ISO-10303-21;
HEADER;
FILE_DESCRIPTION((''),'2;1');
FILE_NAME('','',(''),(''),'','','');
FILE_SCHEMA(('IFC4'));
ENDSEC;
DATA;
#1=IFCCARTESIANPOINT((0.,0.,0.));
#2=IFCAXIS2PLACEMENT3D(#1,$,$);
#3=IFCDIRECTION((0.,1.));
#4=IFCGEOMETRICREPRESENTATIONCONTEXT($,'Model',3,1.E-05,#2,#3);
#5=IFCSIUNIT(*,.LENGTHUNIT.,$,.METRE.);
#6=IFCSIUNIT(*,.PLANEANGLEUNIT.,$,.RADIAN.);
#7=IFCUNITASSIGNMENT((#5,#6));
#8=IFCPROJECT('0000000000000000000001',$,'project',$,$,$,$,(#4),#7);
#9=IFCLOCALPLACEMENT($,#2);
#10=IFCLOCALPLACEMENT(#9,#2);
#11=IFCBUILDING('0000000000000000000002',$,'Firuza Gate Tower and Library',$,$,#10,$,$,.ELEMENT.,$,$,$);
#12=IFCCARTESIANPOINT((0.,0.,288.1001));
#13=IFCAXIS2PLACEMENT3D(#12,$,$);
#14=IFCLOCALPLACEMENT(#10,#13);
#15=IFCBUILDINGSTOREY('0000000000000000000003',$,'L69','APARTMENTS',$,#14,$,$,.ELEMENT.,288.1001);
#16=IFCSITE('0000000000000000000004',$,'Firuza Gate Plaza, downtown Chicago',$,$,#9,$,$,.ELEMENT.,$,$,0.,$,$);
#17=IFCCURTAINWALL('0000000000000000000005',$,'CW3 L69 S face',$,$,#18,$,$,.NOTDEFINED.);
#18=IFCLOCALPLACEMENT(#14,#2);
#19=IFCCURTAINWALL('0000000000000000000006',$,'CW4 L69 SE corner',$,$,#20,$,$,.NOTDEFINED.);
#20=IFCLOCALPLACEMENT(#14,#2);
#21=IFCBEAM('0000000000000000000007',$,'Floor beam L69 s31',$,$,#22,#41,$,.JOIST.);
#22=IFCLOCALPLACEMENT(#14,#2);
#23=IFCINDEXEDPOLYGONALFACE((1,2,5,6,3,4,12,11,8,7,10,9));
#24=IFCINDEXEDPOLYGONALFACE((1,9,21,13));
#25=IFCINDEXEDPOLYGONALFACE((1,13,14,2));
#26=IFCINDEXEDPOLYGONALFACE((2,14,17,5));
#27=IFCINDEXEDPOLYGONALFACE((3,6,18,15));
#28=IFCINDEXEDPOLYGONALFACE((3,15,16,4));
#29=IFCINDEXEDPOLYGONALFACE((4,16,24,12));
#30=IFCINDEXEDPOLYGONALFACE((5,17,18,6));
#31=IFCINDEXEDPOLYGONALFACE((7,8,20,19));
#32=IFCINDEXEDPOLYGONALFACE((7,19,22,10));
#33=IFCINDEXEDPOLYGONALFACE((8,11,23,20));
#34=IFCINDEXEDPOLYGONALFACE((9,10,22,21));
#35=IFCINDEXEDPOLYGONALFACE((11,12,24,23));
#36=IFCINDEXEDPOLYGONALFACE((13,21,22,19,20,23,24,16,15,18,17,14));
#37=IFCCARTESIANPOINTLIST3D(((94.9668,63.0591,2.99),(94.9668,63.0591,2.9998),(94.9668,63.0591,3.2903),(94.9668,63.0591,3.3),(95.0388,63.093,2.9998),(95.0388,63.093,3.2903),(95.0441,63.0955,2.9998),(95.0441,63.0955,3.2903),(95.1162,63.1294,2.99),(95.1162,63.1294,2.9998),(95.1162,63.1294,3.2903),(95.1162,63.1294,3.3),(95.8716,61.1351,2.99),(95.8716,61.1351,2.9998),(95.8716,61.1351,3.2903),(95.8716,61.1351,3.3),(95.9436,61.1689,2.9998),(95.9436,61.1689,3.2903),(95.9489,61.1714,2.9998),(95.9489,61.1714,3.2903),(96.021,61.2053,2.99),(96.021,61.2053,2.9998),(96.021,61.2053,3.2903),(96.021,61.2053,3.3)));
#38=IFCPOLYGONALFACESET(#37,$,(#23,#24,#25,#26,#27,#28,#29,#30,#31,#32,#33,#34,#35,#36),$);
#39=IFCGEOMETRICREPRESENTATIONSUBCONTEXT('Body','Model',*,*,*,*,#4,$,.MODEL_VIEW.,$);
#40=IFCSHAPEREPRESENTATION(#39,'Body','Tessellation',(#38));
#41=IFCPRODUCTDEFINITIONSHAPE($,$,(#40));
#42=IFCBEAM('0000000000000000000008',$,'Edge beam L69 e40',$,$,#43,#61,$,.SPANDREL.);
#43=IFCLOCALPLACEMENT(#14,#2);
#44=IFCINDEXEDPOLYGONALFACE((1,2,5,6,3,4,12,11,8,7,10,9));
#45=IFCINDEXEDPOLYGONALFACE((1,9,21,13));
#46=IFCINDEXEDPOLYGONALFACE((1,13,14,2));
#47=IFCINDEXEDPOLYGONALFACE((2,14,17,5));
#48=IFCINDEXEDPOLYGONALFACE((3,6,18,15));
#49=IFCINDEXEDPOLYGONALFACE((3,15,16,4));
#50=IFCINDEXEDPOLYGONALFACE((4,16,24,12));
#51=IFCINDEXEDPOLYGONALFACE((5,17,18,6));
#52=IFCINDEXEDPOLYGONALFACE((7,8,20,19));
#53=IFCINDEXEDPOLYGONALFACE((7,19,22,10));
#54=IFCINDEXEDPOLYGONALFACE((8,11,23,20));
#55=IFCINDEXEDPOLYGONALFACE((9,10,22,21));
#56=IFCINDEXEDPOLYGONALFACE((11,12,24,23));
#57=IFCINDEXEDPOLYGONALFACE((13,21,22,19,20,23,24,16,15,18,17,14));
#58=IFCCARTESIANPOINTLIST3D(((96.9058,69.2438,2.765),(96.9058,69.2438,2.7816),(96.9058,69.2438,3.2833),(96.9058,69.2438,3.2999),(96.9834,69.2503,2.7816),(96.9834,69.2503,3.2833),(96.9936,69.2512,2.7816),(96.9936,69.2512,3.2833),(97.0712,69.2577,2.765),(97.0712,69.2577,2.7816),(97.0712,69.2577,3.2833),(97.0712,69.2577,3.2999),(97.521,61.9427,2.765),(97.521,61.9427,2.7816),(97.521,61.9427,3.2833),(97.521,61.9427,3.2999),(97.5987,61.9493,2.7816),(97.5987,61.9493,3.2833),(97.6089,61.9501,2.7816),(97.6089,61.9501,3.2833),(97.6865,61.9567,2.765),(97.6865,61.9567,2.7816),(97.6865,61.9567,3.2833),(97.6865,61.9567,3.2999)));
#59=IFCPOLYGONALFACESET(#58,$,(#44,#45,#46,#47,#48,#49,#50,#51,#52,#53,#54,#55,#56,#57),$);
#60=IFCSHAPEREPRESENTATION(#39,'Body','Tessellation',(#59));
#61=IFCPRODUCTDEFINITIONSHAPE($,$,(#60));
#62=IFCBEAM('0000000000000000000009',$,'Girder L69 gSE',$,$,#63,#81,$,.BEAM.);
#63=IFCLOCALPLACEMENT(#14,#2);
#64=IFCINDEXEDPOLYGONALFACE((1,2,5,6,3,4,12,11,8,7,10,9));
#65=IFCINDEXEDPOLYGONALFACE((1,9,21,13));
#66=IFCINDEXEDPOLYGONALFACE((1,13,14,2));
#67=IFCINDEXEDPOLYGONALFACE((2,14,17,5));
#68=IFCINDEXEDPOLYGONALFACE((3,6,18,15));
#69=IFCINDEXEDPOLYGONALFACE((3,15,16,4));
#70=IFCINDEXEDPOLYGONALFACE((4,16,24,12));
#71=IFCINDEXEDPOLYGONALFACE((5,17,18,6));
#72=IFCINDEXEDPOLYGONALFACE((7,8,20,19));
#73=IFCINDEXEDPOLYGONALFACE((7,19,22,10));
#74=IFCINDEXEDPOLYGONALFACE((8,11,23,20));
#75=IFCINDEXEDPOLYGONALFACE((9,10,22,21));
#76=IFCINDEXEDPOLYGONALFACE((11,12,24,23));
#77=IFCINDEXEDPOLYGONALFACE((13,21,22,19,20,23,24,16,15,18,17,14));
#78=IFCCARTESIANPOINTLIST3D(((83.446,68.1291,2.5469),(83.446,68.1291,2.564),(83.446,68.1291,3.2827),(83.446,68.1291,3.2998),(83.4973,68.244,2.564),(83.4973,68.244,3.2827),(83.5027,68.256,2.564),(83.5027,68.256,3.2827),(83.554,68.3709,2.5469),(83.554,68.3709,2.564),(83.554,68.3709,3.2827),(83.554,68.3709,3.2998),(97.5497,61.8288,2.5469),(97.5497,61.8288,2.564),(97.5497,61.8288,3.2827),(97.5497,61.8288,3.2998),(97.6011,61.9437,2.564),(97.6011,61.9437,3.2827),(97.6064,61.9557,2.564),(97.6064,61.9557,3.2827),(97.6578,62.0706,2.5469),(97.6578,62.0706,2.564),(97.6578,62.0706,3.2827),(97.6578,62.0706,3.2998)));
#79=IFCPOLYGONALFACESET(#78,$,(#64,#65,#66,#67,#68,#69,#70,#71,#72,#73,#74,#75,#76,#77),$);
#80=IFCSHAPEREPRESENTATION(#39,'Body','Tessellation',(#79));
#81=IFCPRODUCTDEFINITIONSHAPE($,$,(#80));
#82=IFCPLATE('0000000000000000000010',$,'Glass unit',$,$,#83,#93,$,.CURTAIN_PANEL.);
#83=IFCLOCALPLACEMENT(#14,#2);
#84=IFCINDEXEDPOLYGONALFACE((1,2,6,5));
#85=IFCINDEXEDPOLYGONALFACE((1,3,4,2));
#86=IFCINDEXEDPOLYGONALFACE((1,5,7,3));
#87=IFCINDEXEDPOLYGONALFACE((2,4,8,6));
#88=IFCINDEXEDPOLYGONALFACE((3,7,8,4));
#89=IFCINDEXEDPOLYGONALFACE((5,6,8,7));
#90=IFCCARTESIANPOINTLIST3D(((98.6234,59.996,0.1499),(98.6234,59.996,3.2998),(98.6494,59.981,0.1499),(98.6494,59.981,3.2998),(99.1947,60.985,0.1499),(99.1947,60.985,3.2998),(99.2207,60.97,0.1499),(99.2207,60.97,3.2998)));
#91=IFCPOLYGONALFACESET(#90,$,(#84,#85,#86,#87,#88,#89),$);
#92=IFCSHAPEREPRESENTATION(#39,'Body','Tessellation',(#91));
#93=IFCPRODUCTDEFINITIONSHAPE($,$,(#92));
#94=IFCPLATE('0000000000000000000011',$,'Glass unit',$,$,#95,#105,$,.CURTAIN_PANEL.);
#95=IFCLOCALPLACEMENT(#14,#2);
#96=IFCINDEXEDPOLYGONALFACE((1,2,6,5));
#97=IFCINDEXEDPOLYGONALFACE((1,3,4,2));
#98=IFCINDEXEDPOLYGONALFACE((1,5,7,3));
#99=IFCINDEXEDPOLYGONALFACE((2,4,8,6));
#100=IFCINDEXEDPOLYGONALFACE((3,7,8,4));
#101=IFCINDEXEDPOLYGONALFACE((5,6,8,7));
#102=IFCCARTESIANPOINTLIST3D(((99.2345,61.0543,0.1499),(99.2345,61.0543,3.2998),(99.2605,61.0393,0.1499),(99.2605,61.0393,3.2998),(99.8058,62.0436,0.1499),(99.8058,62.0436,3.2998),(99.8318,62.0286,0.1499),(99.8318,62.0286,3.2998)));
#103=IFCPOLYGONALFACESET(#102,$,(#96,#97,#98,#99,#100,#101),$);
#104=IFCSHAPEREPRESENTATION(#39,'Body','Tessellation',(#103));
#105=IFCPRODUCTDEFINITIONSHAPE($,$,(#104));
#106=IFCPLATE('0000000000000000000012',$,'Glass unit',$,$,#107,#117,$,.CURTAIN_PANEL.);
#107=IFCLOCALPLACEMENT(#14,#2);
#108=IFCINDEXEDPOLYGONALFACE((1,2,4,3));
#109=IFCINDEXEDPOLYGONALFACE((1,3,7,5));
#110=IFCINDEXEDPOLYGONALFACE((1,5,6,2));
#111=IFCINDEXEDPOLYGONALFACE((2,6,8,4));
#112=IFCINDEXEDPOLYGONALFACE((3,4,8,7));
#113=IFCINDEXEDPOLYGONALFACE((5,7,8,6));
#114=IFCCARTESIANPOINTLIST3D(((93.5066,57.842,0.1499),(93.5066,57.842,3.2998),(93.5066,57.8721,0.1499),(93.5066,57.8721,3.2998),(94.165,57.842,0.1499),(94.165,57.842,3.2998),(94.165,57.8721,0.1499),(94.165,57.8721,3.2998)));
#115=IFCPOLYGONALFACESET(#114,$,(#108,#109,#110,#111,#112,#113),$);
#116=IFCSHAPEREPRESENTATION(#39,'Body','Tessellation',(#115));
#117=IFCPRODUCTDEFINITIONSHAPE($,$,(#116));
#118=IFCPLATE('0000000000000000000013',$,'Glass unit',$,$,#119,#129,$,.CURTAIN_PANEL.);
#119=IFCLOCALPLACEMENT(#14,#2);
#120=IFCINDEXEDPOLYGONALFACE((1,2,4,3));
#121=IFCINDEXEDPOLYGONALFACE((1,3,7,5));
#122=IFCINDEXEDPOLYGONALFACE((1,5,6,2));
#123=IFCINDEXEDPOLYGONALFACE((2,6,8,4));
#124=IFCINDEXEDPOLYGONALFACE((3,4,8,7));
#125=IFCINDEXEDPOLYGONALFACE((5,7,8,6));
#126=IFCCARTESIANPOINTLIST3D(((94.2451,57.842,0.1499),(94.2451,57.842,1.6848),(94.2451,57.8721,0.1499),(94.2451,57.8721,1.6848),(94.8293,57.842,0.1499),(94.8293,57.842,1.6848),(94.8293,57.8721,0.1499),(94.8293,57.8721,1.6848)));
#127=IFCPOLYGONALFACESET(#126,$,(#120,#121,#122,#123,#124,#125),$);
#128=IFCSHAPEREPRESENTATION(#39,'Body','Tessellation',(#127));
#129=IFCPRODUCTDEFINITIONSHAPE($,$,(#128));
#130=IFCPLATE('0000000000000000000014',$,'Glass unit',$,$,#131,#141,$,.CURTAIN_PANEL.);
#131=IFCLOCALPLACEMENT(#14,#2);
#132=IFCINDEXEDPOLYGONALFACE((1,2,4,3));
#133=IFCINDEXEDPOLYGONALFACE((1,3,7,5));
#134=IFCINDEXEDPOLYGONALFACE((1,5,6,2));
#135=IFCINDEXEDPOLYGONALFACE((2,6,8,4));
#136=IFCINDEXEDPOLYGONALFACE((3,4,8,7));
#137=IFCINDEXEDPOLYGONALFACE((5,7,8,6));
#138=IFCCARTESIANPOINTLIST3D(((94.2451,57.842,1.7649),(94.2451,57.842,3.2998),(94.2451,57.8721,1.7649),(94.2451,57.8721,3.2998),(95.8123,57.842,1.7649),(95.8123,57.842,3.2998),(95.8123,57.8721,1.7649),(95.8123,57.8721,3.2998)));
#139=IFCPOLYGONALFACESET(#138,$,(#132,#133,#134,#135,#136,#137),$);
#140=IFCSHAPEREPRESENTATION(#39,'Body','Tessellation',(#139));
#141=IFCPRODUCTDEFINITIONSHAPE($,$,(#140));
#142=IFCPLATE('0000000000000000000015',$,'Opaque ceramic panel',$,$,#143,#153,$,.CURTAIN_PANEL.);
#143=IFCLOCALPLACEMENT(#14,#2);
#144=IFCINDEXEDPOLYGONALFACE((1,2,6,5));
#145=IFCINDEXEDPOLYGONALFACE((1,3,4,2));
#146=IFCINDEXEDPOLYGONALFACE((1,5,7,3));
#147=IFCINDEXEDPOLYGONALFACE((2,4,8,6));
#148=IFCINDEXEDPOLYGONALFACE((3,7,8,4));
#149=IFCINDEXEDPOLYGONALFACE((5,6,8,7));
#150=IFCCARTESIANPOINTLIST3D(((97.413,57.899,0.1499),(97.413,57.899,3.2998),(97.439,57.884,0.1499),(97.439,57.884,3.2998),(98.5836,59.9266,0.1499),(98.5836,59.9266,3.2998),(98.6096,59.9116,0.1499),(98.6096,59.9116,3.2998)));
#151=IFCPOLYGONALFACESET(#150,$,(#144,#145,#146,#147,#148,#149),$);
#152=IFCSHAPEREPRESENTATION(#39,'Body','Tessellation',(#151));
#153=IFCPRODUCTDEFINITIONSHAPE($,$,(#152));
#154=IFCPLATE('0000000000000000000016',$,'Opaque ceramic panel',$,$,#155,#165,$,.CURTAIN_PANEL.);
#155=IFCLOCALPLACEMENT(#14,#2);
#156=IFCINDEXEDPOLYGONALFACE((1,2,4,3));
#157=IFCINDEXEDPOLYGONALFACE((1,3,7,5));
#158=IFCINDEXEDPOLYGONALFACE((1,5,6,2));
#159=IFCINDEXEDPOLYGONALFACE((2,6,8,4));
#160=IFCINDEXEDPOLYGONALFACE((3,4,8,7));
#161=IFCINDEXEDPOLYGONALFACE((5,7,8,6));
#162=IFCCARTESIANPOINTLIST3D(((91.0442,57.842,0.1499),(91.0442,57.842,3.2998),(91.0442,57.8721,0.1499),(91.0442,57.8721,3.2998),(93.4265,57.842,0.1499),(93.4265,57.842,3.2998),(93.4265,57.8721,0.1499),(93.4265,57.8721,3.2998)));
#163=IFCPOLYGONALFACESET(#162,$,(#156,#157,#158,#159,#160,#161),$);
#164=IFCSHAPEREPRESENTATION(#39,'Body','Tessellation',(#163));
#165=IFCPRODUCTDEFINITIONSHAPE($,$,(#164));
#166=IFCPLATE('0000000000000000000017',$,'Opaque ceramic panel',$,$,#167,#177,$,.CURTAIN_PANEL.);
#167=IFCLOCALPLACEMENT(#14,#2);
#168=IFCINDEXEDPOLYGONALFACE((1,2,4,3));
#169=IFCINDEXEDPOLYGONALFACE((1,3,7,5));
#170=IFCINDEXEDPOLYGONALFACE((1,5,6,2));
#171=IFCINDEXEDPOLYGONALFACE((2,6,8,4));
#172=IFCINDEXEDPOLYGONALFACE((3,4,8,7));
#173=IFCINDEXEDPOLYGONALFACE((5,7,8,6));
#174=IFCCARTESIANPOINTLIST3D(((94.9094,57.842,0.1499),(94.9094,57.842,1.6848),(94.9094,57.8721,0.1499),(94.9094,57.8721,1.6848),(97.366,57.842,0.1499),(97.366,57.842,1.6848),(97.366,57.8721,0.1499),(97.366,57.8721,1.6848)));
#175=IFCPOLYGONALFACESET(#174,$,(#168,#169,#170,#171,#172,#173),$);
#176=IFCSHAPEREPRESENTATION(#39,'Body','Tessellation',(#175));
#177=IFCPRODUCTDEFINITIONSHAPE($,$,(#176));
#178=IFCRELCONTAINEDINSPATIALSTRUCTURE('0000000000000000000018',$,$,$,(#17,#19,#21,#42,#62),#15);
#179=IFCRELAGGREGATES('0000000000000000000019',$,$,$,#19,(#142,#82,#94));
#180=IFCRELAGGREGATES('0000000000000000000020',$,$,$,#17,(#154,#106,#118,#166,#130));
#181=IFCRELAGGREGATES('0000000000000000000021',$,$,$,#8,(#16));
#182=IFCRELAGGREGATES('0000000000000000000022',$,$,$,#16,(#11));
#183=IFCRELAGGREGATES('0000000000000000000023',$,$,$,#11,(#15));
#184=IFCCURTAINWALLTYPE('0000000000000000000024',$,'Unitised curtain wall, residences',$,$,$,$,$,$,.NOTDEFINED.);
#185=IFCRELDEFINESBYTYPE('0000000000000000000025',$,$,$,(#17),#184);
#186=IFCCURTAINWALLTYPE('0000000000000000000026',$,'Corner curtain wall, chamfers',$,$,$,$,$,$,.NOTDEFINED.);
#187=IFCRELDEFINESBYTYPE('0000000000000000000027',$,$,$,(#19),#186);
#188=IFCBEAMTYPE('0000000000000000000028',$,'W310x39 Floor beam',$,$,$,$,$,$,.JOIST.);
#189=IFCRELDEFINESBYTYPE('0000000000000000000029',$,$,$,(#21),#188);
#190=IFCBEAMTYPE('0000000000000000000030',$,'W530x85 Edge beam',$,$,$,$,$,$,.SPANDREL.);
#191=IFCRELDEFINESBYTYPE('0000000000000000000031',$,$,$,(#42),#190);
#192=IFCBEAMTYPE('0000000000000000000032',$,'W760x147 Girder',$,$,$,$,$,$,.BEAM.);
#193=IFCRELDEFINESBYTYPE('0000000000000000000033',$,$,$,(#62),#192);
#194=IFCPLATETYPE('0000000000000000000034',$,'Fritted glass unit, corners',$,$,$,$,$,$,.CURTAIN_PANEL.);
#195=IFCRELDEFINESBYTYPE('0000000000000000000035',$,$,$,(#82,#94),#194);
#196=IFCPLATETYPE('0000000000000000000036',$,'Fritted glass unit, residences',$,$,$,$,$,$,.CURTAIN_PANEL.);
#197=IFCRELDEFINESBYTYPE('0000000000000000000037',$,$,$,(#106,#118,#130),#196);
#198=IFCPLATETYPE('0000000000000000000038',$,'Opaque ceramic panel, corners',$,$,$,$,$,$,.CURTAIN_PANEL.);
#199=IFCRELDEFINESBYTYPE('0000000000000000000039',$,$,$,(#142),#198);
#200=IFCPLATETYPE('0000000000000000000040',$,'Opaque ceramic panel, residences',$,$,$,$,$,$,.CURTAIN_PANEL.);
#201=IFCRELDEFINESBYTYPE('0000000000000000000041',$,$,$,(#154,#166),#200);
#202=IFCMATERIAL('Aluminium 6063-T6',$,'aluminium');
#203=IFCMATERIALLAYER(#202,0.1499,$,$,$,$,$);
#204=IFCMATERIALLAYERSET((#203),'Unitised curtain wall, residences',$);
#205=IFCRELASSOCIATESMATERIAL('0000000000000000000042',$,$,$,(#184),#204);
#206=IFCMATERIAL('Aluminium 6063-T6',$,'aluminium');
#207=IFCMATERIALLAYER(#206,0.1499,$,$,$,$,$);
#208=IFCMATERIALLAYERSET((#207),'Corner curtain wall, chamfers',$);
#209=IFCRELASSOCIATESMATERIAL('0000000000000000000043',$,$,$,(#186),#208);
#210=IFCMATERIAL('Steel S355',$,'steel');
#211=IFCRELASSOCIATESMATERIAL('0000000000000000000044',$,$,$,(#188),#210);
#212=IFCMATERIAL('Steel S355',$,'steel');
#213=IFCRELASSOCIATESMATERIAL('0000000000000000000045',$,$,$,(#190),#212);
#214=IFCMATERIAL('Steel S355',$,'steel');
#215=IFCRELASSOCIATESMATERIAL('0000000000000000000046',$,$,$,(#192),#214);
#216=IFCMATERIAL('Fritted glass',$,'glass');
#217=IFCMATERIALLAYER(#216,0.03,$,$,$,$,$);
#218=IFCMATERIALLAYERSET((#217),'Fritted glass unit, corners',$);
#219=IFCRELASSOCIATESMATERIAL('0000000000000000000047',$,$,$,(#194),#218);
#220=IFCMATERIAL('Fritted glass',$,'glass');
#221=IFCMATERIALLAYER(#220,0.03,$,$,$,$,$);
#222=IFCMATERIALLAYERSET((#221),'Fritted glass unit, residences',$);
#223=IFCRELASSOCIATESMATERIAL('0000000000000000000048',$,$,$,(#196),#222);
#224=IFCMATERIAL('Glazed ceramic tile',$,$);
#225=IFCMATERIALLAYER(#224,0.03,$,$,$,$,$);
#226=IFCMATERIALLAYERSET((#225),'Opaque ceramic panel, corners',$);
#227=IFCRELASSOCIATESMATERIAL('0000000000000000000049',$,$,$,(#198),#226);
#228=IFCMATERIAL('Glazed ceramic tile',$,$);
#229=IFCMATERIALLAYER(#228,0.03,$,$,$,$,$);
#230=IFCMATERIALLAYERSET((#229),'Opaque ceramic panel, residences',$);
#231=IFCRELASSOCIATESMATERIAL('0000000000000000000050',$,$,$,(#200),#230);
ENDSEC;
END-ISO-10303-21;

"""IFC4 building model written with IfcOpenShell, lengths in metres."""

from ifc_helpers import new_model, si_unit, direction, frame, origin, origin_2d, place, context, subcontext, project, spatial, polyline, i_section, outline, extrude, material, layer, layer_set, material_profile, profile_set, type_object, element, aggregate, save


model = new_model("IFC4")

# Units and contexts
model_context = context("Model", 3, precision=1e-05, world=origin(), true_north=direction((0.0, 1.0)))
body_context = subcontext(model_context, "Body", "Model", "MODEL_VIEW")
ifc_project = project(units=[si_unit("LENGTHUNIT", "METRE"), si_unit("PLANEANGLEUNIT", "RADIAN")], contexts=[model_context])

# Site, building, storey
site_placement = place(None, origin())
site = spatial("IfcSite", under=ifc_project, at=site_placement, Name="Firuza Gate Plaza, downtown Chicago", CompositionType="ELEMENT", RefElevation=0.0)
building_placement = place(site_placement, origin())
building = spatial("IfcBuilding", under=site, at=building_placement, Name="Firuza Gate Tower and Library", CompositionType="ELEMENT")
storey_placement = place(building_placement, frame((0.0, 0.0, 288.1001)))
storey = spatial("IfcBuildingStorey", under=building, at=storey_placement, Name="L69", Description="APARTMENTS", CompositionType="ELEMENT", Elevation=288.1001)

# Curtain walls
ifc_material_1 = material(Name="Aluminium 6063-T6", Category="aluminium")
ifc_layer_1 = layer(ifc_material_1, 0.1499)
ifc_layer_set_1 = layer_set([ifc_layer_1], Name="Unitised curtain wall, residences")
curtain_wall_type_1 = type_object("IfcCurtainWallType", Name="Unitised curtain wall, residences", PredefinedType="NOTDEFINED", material=ifc_layer_set_1)
placement = place(storey_placement, origin())
curtain_wall_1 = element("IfcCurtainWall", 1, at=placement, inside=storey, type_object=curtain_wall_type_1, Name="CW3 L69 S face", PredefinedType="NOTDEFINED")
ifc_material_2 = material(Name="Aluminium 6063-T6", Category="aluminium")
ifc_layer_2 = layer(ifc_material_2, 0.1499)
ifc_layer_set_2 = layer_set([ifc_layer_2], Name="Corner curtain wall, chamfers")
curtain_wall_type_2 = type_object("IfcCurtainWallType", Name="Corner curtain wall, chamfers", PredefinedType="NOTDEFINED", material=ifc_layer_set_2)
curtain_wall_2 = element("IfcCurtainWall", 2, at=placement, inside=storey, type_object=curtain_wall_type_2, Name="CW4 L69 SE corner", PredefinedType="NOTDEFINED")

# Beams
ifc_material_3 = material(Name="Steel S355", Category="steel")
ifc_material_profile_1 = material_profile(ifc_material_3, i_section(OverallWidth=0.165, OverallDepth=0.3101, WebThickness=0.0059, FlangeThickness=0.0098, at=origin_2d()))
ifc_profile_set_1 = profile_set([ifc_material_profile_1], Name="Steel S355")
beam_type_1 = type_object("IfcBeamType", Name="W310x39 Floor beam", PredefinedType="JOIST", material=ifc_profile_set_1)
beam_1_placement = place(storey_placement, frame((95.9463, 61.1702, 3.145), z_axis=(-0.425543, 0.904938, 0.0), x_axis=(-0.904938, -0.425543, 0.0)))
element("IfcBeam", 3, at=beam_1_placement, inside=storey, type_object=beam_type_1, Name="Floor beam L69 s31", PredefinedType="JOIST", context=body_context, shape_type="SweptSolid", body=[
    extrude(i_section(OverallWidth=0.165, OverallDepth=0.3101, WebThickness=0.0059, FlangeThickness=0.0098, at=origin_2d()), origin(), (0.0, 0.0, 1.0), 2.1262),
])
ifc_material_4 = material(Name="Steel S355", Category="steel")
ifc_material_profile_2 = material_profile(ifc_material_4, i_section(OverallWidth=0.166, OverallDepth=0.5349, WebThickness=0.0103, FlangeThickness=0.0166, at=origin_2d()))
ifc_profile_set_2 = profile_set([ifc_material_profile_2], Name="Steel S355")
beam_type_2 = type_object("IfcBeamType", Name="W530x85 Edge beam", PredefinedType="SPANDREL", material=ifc_profile_set_2)
beam_2_placement = place(storey_placement, frame((97.6038, 61.9497, 3.0325), z_axis=(-0.083969, 0.996468, 0.0), x_axis=(-0.996468, -0.083969, 0.0)))
element("IfcBeam", 4, at=beam_2_placement, inside=storey, type_object=beam_type_2, Name="Edge beam L69 e40", PredefinedType="SPANDREL", context=body_context, shape_type="SweptSolid", body=[
    extrude(i_section(OverallWidth=0.166, OverallDepth=0.5349, WebThickness=0.0103, FlangeThickness=0.0166, at=origin_2d()), origin(), (0.0, 0.0, 1.0), 7.3269),
])
ifc_material_5 = material(Name="Steel S355", Category="steel")
ifc_material_profile_3 = material_profile(ifc_material_5, i_section(OverallWidth=0.2649, OverallDepth=0.7529, WebThickness=0.0132, FlangeThickness=0.0171, at=origin_2d()))
ifc_profile_set_3 = profile_set([ifc_material_profile_3], Name="Steel S355")
beam_type_3 = type_object("IfcBeamType", Name="W760x147 Girder", PredefinedType="BEAM", material=ifc_profile_set_3)
beam_3_placement = place(storey_placement, frame((97.6038, 61.9497, 2.9233), z_axis=(-0.913042, 0.407865, 0.0), x_axis=(-0.407865, -0.913042, 0.0)))
element("IfcBeam", 5, at=beam_3_placement, inside=storey, type_object=beam_type_3, Name="Girder L69 gSE", PredefinedType="BEAM", context=body_context, shape_type="SweptSolid", body=[
    extrude(i_section(OverallWidth=0.2649, OverallDepth=0.7529, WebThickness=0.0132, FlangeThickness=0.0171, at=origin_2d()), origin(), (0.0, 0.0, 1.0), 15.447),
])

# Plates
ifc_material_6 = material(Name="Fritted glass", Category="glass")
ifc_layer_3 = layer(ifc_material_6, 0.03)
ifc_layer_set_3 = layer_set([ifc_layer_3], Name="Fritted glass unit, corners")
plate_type_1 = type_object("IfcPlateType", Name="Fritted glass unit, corners", PredefinedType="CURTAIN_PANEL", material=ifc_layer_set_3)
plate_1_placement = place(storey_placement, frame((98.6494, 59.981, 0.1499), z_axis=(0.865919, -0.500185, 0.0), x_axis=(0.500185, 0.865919, 0.0)))
plate_1 = element("IfcPlate", 6, at=plate_1_placement, type_object=plate_type_1, Name="Glass unit", PredefinedType="CURTAIN_PANEL", context=body_context, shape_type="SweptSolid", body=[
    extrude(outline(polyline([(0.0, 0.0), (1.1422, 0.0), (1.1422, 3.1499), (0.0, 3.1499), (0.0, 0.0)])), origin(), (0.0, 0.0, -1.0), 0.03),
])
plate_2_placement = place(storey_placement, frame((99.2605, 61.0393, 0.1499), z_axis=(0.865972, -0.500092, 0.0), x_axis=(0.500092, 0.865972, 0.0)))
plate_2 = element("IfcPlate", 7, at=plate_2_placement, type_object=plate_type_1, Name="Glass unit", PredefinedType="CURTAIN_PANEL", context=body_context, shape_type="SweptSolid", body=[
    extrude(outline(polyline([(0.0, 0.0), (1.1424, 0.0), (1.1424, 3.1499), (0.0, 3.1499), (0.0, 0.0)])), origin(), (0.0, 0.0, -1.0), 0.03),
])
ifc_material_7 = material(Name="Fritted glass", Category="glass")
ifc_layer_4 = layer(ifc_material_7, 0.03)
ifc_layer_set_4 = layer_set([ifc_layer_4], Name="Fritted glass unit, residences")
plate_type_2 = type_object("IfcPlateType", Name="Fritted glass unit, residences", PredefinedType="CURTAIN_PANEL", material=ifc_layer_set_4)
plate_3_placement = place(storey_placement, frame((93.5066, 57.842, 0.1499), z_axis=(0.0, -1.0, 0.0), x_axis=(1.0, 0.0, 0.0)))
plate_3 = element("IfcPlate", 8, at=plate_3_placement, type_object=plate_type_2, Name="Glass unit", PredefinedType="CURTAIN_PANEL", context=body_context, shape_type="SweptSolid", body=[
    extrude(outline(polyline([(0.0, 0.0), (0.6584, 0.0), (0.6584, 3.1499), (0.0, 3.1499), (0.0, 0.0)])), origin(), (0.0, 0.0, -1.0), 0.03),
])
plate_4_placement = place(storey_placement, frame((94.2451, 57.842, 0.1499), z_axis=(0.0, -1.0, 0.0), x_axis=(1.0, 0.0, 0.0)))
plate_4 = element("IfcPlate", 9, at=plate_4_placement, type_object=plate_type_2, Name="Glass unit", PredefinedType="CURTAIN_PANEL", context=body_context, shape_type="SweptSolid", body=[
    extrude(outline(polyline([(0.0, 0.0), (0.5842, 0.0), (0.5842, 1.5349), (0.0, 1.5349), (0.0, 0.0)])), origin(), (0.0, 0.0, -1.0), 0.03),
])
plate_5_placement = place(storey_placement, frame((94.2451, 57.842, 1.7649), z_axis=(0.0, -1.0, 0.0), x_axis=(1.0, 0.0, 0.0)))
plate_5 = element("IfcPlate", 10, at=plate_5_placement, type_object=plate_type_2, Name="Glass unit", PredefinedType="CURTAIN_PANEL", context=body_context, shape_type="SweptSolid", body=[
    extrude(outline(polyline([(0.0, 0.0), (1.5671, 0.0), (1.5671, 1.5349), (0.0, 1.5349), (0.0, 0.0)])), origin(), (0.0, 0.0, -1.0), 0.03),
])
ifc_material_8 = material(Name="Glazed ceramic tile")
ifc_layer_5 = layer(ifc_material_8, 0.03)
ifc_layer_set_5 = layer_set([ifc_layer_5], Name="Opaque ceramic panel, corners")
plate_type_3 = type_object("IfcPlateType", Name="Opaque ceramic panel, corners", PredefinedType="CURTAIN_PANEL", material=ifc_layer_set_5)
plate_6_placement = place(storey_placement, frame((97.439, 57.884, 0.1499), z_axis=(0.866021, -0.500008, 0.0), x_axis=(0.500008, 0.866021, 0.0)))
plate_6 = element("IfcPlate", 11, at=plate_6_placement, type_object=plate_type_3, Name="Opaque ceramic panel", PredefinedType="CURTAIN_PANEL", context=body_context, shape_type="SweptSolid", body=[
    extrude(outline(polyline([(0.0, 0.0), (2.3413, 0.0), (2.3413, 3.1499), (0.0, 3.1499), (0.0, 0.0)])), origin(), (0.0, 0.0, -1.0), 0.03),
])
aggregate(curtain_wall_2, [plate_6, plate_1, plate_2])
ifc_material_9 = material(Name="Glazed ceramic tile")
ifc_layer_6 = layer(ifc_material_9, 0.03)
ifc_layer_set_6 = layer_set([ifc_layer_6], Name="Opaque ceramic panel, residences")
plate_type_4 = type_object("IfcPlateType", Name="Opaque ceramic panel, residences", PredefinedType="CURTAIN_PANEL", material=ifc_layer_set_6)
plate_7_placement = place(storey_placement, frame((91.0442, 57.842, 0.1499), z_axis=(0.0, -1.0, 0.0), x_axis=(1.0, 0.0, 0.0)))
plate_7 = element("IfcPlate", 12, at=plate_7_placement, type_object=plate_type_4, Name="Opaque ceramic panel", PredefinedType="CURTAIN_PANEL", context=body_context, shape_type="SweptSolid", body=[
    extrude(outline(polyline([(0.0, 0.0), (2.3823, 0.0), (2.3823, 3.1499), (0.0, 3.1499), (0.0, 0.0)])), origin(), (0.0, 0.0, -1.0), 0.03),
])
plate_8_placement = place(storey_placement, frame((94.9094, 57.842, 0.1499), z_axis=(0.0, -1.0, 0.0), x_axis=(1.0, 0.0, 0.0)))
plate_8 = element("IfcPlate", 13, at=plate_8_placement, type_object=plate_type_4, Name="Opaque ceramic panel", PredefinedType="CURTAIN_PANEL", context=body_context, shape_type="SweptSolid", body=[
    extrude(outline(polyline([(0.0, 0.0), (2.4565, 0.0), (2.4565, 1.5349), (0.0, 1.5349), (0.0, 0.0)])), origin(), (0.0, 0.0, -1.0), 0.03),
])
aggregate(curtain_wall_1, [plate_7, plate_3, plate_4, plate_8, plate_5])

save(model, "model.ifc")
